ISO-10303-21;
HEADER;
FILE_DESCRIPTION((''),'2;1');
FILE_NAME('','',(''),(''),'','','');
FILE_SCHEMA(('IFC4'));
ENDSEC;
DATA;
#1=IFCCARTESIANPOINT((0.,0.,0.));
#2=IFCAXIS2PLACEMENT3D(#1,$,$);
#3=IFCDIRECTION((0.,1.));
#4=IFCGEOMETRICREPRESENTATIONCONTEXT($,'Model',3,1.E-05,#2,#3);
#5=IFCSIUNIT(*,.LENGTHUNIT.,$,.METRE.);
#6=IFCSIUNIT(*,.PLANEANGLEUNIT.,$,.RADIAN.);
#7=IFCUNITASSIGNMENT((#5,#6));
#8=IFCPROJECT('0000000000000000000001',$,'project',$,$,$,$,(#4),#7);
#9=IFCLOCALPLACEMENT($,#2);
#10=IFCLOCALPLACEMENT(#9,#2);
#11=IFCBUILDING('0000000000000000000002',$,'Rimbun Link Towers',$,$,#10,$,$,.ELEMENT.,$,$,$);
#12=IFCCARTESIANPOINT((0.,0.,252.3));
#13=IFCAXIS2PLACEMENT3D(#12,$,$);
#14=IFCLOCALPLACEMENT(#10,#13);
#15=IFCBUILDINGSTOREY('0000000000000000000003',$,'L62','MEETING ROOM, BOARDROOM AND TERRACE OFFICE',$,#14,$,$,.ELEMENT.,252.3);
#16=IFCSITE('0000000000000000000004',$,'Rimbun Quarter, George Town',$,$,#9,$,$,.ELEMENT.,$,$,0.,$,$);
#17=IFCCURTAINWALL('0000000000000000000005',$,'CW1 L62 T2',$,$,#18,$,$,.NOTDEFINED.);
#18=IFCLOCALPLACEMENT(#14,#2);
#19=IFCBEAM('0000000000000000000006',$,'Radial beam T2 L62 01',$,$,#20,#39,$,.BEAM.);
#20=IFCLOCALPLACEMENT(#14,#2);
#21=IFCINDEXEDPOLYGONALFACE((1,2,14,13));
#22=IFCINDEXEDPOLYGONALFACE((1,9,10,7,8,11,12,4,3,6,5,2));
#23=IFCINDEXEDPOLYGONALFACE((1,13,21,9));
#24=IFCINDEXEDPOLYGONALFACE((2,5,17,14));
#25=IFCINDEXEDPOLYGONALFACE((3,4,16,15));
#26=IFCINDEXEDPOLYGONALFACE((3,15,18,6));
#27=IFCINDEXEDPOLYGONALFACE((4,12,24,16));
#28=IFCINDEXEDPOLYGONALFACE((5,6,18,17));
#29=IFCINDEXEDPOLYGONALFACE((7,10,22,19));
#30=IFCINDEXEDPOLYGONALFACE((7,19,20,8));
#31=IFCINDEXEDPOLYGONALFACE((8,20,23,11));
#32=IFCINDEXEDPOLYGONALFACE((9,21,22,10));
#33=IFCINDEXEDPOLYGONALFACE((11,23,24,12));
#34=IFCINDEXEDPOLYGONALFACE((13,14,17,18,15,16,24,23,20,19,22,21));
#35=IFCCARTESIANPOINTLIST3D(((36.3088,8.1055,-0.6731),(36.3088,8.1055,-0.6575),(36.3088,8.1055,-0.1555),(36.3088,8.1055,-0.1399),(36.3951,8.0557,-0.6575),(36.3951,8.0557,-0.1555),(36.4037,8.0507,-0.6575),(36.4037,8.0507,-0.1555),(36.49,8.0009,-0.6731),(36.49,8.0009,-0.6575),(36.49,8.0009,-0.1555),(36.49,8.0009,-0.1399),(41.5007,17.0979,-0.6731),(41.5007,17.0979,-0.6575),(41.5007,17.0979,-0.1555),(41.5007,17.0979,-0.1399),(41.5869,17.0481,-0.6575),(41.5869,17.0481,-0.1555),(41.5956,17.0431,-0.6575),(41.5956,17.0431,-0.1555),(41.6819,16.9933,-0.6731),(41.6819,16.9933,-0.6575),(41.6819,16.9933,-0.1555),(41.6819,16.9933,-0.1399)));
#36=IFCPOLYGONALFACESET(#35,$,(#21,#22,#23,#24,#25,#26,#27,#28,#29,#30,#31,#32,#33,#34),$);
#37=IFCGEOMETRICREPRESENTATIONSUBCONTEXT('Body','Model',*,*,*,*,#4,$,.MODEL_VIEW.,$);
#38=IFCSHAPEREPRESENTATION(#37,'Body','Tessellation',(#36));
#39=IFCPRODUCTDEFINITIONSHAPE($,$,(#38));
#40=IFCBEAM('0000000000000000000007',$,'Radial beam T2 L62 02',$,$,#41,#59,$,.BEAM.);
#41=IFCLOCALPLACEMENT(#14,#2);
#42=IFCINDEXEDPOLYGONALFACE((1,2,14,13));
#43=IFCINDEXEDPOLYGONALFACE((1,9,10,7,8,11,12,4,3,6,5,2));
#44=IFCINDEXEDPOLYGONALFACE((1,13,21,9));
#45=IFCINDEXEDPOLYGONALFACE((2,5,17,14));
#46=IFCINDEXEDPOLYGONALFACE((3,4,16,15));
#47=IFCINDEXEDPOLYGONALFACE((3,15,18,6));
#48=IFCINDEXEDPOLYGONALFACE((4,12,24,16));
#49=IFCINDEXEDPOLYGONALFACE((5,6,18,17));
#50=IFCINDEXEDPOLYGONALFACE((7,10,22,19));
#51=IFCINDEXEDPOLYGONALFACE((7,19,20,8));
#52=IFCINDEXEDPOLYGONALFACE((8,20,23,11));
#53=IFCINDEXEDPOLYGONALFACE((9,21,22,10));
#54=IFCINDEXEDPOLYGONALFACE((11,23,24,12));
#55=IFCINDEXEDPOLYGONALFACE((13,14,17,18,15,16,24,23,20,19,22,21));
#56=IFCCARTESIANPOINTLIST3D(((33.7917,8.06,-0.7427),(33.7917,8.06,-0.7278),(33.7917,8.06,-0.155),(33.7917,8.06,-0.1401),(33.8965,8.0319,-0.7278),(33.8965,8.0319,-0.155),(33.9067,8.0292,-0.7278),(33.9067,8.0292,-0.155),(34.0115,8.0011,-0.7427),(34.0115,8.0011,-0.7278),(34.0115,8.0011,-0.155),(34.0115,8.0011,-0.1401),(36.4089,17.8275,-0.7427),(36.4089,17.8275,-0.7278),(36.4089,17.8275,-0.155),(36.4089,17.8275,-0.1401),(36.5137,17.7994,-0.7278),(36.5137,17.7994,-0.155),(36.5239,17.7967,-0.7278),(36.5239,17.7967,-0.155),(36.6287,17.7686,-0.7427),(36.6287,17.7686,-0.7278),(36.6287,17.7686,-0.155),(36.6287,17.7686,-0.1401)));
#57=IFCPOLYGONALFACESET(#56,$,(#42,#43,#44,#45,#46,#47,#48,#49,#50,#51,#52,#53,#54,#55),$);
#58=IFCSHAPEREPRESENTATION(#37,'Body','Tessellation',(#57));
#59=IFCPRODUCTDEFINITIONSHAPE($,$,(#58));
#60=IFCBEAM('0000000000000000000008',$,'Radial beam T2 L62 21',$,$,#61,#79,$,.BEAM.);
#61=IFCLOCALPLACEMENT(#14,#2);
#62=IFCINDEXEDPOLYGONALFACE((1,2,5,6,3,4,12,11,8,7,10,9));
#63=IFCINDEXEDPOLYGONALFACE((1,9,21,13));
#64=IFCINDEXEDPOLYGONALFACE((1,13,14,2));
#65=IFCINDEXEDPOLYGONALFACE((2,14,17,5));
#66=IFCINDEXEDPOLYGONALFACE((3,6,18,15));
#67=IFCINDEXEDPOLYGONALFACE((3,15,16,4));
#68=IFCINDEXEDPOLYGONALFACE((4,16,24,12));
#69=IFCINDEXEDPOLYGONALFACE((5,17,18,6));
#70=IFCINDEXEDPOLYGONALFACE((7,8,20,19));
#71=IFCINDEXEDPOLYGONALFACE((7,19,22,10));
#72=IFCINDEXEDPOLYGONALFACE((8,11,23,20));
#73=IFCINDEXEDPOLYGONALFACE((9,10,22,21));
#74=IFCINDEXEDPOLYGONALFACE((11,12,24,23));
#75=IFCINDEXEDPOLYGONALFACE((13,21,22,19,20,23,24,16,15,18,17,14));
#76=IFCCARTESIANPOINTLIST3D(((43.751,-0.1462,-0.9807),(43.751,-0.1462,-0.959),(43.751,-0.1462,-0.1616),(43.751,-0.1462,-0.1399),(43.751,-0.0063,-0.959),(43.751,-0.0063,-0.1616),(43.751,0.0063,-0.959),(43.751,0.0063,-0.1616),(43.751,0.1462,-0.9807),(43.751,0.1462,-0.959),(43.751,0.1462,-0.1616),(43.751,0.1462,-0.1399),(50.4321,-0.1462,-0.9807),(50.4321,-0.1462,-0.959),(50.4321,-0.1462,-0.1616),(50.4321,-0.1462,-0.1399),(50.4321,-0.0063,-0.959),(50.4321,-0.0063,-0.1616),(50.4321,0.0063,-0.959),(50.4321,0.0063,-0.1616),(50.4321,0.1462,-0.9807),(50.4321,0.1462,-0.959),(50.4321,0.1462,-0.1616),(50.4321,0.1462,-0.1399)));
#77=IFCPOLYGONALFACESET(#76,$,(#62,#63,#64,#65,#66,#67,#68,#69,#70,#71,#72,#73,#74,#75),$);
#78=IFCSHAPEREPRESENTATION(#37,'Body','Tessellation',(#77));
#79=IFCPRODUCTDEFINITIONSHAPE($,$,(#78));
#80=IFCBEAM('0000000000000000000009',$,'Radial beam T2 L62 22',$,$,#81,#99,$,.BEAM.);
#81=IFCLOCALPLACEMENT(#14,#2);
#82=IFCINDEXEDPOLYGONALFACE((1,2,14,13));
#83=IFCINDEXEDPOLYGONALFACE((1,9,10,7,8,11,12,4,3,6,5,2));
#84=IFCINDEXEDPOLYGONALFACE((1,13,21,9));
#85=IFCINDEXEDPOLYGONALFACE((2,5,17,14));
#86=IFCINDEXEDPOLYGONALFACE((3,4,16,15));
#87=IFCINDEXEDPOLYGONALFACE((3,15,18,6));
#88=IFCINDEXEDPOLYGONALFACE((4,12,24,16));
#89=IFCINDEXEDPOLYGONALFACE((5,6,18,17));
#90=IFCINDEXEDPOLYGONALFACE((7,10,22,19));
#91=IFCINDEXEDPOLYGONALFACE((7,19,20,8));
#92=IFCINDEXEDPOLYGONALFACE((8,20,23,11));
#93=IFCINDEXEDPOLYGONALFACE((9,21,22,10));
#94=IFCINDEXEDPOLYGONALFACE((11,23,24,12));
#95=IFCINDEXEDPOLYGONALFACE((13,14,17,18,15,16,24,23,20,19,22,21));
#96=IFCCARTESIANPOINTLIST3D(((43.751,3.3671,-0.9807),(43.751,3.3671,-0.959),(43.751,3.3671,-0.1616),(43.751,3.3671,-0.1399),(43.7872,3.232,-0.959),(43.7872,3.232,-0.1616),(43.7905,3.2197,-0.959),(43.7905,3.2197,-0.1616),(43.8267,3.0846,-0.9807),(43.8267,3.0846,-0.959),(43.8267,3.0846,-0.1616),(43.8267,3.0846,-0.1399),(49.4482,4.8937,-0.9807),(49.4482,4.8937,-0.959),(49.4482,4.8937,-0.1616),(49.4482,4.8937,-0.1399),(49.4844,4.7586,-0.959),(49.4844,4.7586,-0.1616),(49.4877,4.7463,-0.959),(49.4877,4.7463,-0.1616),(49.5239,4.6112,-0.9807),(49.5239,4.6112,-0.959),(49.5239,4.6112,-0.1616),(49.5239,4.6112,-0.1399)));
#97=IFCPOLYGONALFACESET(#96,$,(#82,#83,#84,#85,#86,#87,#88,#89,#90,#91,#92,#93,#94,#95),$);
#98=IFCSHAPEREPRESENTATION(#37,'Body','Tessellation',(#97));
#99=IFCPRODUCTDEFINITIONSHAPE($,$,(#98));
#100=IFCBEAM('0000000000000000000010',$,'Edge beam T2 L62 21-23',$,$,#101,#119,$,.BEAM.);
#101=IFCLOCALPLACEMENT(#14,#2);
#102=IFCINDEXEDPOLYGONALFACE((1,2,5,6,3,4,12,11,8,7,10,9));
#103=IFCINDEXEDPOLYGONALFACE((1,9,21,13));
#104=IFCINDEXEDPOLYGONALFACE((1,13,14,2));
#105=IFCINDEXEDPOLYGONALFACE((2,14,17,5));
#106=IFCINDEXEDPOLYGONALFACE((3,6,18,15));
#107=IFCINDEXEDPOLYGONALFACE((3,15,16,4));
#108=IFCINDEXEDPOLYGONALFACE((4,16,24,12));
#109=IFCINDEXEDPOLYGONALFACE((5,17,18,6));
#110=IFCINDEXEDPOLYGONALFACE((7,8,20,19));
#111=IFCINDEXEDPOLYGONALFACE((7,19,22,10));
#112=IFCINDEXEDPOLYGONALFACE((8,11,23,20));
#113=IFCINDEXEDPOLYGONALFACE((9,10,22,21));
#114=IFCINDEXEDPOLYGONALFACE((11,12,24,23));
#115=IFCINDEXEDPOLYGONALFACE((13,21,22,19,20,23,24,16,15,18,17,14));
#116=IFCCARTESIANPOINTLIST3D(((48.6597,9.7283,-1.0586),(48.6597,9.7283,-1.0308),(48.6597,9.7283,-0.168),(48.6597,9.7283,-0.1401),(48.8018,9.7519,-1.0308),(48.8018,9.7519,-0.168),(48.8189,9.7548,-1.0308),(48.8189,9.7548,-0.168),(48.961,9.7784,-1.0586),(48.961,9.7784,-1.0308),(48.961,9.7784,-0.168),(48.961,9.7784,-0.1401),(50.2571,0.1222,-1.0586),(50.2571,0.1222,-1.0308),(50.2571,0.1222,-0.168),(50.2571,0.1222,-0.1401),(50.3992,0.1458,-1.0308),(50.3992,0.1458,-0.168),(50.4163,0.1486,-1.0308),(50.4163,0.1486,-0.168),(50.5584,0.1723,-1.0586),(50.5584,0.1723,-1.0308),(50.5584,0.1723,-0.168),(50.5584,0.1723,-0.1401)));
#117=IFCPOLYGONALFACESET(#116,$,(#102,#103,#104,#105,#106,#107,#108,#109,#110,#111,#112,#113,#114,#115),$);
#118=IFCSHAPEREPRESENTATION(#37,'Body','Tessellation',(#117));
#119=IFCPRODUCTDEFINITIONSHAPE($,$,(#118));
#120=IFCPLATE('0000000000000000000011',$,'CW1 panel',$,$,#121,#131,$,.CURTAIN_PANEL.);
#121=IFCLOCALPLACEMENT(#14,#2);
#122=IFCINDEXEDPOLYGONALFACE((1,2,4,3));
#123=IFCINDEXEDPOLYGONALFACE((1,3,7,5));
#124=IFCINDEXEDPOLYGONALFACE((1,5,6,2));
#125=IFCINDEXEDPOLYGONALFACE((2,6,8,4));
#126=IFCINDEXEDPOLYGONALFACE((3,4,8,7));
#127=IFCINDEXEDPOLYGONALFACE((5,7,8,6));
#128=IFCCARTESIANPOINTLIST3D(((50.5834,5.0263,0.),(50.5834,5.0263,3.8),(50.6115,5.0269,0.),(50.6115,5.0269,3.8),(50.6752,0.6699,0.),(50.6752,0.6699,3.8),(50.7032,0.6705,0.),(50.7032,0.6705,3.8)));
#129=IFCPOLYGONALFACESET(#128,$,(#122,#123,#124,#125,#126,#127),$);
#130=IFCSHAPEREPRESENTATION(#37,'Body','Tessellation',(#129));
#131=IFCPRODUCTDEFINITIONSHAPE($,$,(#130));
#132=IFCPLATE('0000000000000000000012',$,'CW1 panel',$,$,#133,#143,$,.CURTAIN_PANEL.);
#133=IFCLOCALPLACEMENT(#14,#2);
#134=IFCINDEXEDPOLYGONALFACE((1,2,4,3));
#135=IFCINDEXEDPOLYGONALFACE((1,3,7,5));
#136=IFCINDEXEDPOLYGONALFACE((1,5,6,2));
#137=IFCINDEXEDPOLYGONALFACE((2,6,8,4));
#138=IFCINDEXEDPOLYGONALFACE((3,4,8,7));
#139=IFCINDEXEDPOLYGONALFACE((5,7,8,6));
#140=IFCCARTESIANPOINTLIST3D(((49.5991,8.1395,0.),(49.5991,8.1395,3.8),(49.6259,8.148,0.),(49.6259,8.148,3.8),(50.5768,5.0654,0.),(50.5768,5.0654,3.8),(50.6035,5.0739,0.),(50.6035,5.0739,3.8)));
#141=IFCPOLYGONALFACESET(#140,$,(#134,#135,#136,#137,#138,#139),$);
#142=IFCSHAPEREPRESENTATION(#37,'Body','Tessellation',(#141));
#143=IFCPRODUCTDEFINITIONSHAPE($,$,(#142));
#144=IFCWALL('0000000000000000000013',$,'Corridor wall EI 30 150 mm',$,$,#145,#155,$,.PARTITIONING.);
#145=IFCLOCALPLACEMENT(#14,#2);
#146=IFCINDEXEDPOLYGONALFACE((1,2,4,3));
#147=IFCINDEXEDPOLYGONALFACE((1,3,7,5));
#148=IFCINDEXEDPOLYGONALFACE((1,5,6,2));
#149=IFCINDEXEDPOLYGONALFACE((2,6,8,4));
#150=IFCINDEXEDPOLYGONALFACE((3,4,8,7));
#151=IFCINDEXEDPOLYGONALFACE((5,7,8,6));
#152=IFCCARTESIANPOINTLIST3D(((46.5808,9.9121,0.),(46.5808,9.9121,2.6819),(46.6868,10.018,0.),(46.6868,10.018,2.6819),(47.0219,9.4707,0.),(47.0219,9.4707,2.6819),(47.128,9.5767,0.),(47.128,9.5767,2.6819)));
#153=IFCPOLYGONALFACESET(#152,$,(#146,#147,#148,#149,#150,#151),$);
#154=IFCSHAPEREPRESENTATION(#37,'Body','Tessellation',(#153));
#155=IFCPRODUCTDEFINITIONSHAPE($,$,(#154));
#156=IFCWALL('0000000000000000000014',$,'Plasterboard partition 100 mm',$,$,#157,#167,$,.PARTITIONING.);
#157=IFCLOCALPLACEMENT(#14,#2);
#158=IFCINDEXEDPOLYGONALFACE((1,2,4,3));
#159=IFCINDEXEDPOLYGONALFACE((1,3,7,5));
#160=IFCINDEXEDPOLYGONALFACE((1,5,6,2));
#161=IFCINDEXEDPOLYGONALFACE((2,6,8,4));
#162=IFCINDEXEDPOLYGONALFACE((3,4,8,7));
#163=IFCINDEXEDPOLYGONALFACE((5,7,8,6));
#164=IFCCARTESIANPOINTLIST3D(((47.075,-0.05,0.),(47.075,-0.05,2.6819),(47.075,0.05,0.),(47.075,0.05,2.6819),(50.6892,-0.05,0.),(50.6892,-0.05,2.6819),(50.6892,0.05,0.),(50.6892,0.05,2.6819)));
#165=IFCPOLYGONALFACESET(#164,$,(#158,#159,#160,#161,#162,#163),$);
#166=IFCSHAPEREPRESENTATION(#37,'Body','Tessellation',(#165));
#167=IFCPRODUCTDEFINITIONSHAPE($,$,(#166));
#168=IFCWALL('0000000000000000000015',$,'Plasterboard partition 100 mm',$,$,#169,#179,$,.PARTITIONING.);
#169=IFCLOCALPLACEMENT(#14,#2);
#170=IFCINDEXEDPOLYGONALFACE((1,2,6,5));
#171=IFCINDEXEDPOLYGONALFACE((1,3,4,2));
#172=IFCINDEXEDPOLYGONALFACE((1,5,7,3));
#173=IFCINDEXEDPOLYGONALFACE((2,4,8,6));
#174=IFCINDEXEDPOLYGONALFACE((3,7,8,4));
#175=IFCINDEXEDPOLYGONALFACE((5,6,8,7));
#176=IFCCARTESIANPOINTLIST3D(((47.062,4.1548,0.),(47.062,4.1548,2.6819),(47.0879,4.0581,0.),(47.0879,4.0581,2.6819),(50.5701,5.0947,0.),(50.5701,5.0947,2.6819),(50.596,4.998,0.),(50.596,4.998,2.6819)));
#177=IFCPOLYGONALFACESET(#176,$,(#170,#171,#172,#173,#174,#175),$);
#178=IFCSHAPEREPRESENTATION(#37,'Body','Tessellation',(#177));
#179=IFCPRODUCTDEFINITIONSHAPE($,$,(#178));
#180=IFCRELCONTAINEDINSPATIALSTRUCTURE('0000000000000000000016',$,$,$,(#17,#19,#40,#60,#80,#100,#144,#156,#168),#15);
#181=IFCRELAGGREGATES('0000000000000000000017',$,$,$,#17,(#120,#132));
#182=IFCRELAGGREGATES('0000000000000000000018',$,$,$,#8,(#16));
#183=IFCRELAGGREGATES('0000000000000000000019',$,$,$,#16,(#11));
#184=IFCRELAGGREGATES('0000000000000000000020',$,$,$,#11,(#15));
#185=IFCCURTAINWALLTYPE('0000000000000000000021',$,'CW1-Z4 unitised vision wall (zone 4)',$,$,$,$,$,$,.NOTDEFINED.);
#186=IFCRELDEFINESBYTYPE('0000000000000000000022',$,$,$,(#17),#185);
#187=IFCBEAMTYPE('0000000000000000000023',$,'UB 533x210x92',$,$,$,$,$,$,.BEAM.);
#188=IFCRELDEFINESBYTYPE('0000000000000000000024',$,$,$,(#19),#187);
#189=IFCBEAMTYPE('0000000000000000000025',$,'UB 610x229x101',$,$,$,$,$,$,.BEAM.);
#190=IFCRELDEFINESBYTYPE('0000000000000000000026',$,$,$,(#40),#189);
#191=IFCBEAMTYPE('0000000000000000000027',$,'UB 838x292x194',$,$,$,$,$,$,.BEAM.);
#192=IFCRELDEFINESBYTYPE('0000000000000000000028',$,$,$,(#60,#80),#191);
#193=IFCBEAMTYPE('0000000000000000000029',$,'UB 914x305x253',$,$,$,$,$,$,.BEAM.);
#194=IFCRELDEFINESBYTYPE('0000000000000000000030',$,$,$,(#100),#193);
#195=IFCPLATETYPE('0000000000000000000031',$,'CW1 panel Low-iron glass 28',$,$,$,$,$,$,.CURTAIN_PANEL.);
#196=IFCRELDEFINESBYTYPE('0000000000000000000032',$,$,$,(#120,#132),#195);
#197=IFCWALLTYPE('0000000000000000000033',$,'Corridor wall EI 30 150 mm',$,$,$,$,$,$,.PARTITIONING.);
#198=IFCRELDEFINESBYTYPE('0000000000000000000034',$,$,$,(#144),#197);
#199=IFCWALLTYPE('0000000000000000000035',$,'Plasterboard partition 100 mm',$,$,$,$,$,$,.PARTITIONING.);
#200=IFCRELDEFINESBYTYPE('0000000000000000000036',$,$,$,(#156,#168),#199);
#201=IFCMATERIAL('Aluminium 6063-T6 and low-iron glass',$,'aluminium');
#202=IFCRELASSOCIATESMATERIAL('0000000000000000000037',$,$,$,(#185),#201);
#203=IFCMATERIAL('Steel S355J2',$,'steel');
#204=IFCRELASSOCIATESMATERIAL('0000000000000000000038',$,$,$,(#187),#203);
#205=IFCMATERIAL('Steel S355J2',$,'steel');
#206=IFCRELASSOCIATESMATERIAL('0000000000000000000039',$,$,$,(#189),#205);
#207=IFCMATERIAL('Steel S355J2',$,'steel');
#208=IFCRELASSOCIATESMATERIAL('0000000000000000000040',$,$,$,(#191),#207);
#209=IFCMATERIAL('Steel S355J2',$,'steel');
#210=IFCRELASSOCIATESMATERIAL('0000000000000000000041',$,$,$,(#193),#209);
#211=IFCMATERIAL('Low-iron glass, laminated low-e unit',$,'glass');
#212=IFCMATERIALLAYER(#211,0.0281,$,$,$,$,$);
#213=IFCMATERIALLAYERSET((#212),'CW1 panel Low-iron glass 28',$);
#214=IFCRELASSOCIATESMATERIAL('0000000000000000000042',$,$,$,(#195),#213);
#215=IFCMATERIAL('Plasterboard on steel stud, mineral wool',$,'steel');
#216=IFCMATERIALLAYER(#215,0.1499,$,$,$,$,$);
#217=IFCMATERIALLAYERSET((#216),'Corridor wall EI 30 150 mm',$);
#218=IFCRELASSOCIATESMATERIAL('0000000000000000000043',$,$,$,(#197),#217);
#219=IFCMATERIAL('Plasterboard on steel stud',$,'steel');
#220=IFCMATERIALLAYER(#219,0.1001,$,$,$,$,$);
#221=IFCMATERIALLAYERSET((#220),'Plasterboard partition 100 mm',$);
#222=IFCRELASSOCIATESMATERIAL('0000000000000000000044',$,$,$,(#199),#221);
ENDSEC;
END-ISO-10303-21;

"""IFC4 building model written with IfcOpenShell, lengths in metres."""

from ifc_helpers import new_model, si_unit, direction, frame, frame_2d, origin, origin_2d, place, context, subcontext, project, spatial, rectangle, i_section, extrude, material, layer, layer_set, material_profile, profile_set, type_object, element, aggregate, save


model = new_model("IFC4")

# Units and contexts
model_context = context("Model", 3, precision=1e-05, world=origin(), true_north=direction((0.0, 1.0)))
body_context = subcontext(model_context, "Body", "Model", "MODEL_VIEW")
ifc_project = project(units=[si_unit("LENGTHUNIT", "METRE"), si_unit("PLANEANGLEUNIT", "RADIAN")], contexts=[model_context])

# Site, building, storey
site_placement = place(None, origin())
site = spatial("IfcSite", under=ifc_project, at=site_placement, Name="Rimbun Quarter, George Town", CompositionType="ELEMENT", RefElevation=0.0)
building_placement = place(site_placement, origin())
building = spatial("IfcBuilding", under=site, at=building_placement, Name="Rimbun Link Towers", CompositionType="ELEMENT")
storey_placement = place(building_placement, frame((0.0, 0.0, 252.3)))
storey = spatial("IfcBuildingStorey", under=building, at=storey_placement, Name="L62", Description="MEETING ROOM, BOARDROOM AND TERRACE OFFICE", CompositionType="ELEMENT", Elevation=252.3)

# Curtain wall
ifc_material_1 = material(Name="Aluminium 6063-T6 and low-iron glass", Category="aluminium")
curtain_wall_type = type_object("IfcCurtainWallType", Name="CW1-Z4 unitised vision wall (zone 4)", PredefinedType="NOTDEFINED", material=ifc_material_1)
curtain_wall_placement = place(storey_placement, origin())
curtain_wall = element("IfcCurtainWall", 1, at=curtain_wall_placement, inside=storey, type_object=curtain_wall_type, Name="CW1 L62 T2", PredefinedType="NOTDEFINED")

# Beams
ifc_material_2 = material(Name="Steel S355J2", Category="steel")
ifc_material_profile_1 = material_profile(ifc_material_2, i_section(OverallWidth=0.2092, OverallDepth=0.5332, WebThickness=0.01, FlangeThickness=0.0156, at=origin_2d()), Name="UB 533x210x92")
ifc_profile_set_1 = profile_set([ifc_material_profile_1], Name="Steel S355J2")
beam_type_1 = type_object("IfcBeamType", Name="UB 533x210x92", PredefinedType="BEAM", material=ifc_profile_set_1)
beam_1_placement = place(storey_placement, frame((36.3994, 8.0532, -0.4065), z_axis=(0.500008, 0.866021, 0.0), x_axis=(-0.866021, 0.500008, 0.0)))
element("IfcBeam", 2, at=beam_1_placement, inside=storey, type_object=beam_type_1, Name="Radial beam T2 L62 01", PredefinedType="BEAM", context=body_context, shape_type="SweptSolid", body=[
    extrude(i_section(OverallWidth=0.2092, OverallDepth=0.5332, WebThickness=0.01, FlangeThickness=0.0156, at=origin_2d()), origin(), (0.0, 0.0, 1.0), 10.3835),
])
ifc_material_3 = material(Name="Steel S355J2", Category="steel")
ifc_material_profile_2 = material_profile(ifc_material_3, i_section(OverallWidth=0.2275, OverallDepth=0.6025, WebThickness=0.0105, FlangeThickness=0.0149, at=origin_2d()), Name="UB 610x229x101")
ifc_profile_set_2 = profile_set([ifc_material_profile_2], Name="Steel S355J2")
beam_type_2 = type_object("IfcBeamType", Name="UB 610x229x101", PredefinedType="BEAM", material=ifc_profile_set_2)
beam_2_placement = place(storey_placement, frame((33.9016, 8.0305, -0.4414), z_axis=(0.258817, 0.965926, 0.0), x_axis=(-0.965926, 0.258817, 0.0)))
element("IfcBeam", 3, at=beam_2_placement, inside=storey, type_object=beam_type_2, Name="Radial beam T2 L62 02", PredefinedType="BEAM", context=body_context, shape_type="SweptSolid", body=[
    extrude(i_section(OverallWidth=0.2275, OverallDepth=0.6025, WebThickness=0.0105, FlangeThickness=0.0149, at=origin_2d()), origin(), (0.0, 0.0, 1.0), 10.1121),
])
ifc_material_4 = material(Name="Steel S355J2", Category="steel")
ifc_material_profile_3 = material_profile(ifc_material_4, i_section(OverallWidth=0.2925, OverallDepth=0.8408, WebThickness=0.0127, FlangeThickness=0.0217, at=origin_2d()), Name="UB 838x292x194")
ifc_profile_set_3 = profile_set([ifc_material_profile_3], Name="Steel S355J2")
beam_type_3 = type_object("IfcBeamType", Name="UB 838x292x194", PredefinedType="BEAM", material=ifc_profile_set_3)
beam_3_placement = place(storey_placement, frame((43.751, 0.0, -0.5603), z_axis=(1.0, 0.0, 0.0), x_axis=(0.0, 1.0, 0.0)))
element("IfcBeam", 4, at=beam_3_placement, inside=storey, type_object=beam_type_3, Name="Radial beam T2 L62 21", PredefinedType="BEAM", context=body_context, shape_type="SweptSolid", body=[
    extrude(i_section(OverallWidth=0.2925, OverallDepth=0.8408, WebThickness=0.0127, FlangeThickness=0.0217, at=origin_2d()), origin(), (0.0, 0.0, 1.0), 6.6812),
])
beam_4_placement = place(storey_placement, frame((43.7888, 3.2258, -0.5603), z_axis=(0.965924, 0.258824, 0.0), x_axis=(-0.258824, 0.965924, 0.0)))
element("IfcBeam", 5, at=beam_4_placement, inside=storey, type_object=beam_type_3, Name="Radial beam T2 L62 22", PredefinedType="BEAM", context=body_context, shape_type="SweptSolid", body=[
    extrude(i_section(OverallWidth=0.2925, OverallDepth=0.8408, WebThickness=0.0127, FlangeThickness=0.0217, at=origin_2d()), origin(), (0.0, 0.0, 1.0), 5.8982),
])
ifc_material_5 = material(Name="Steel S355J2", Category="steel")
ifc_material_profile_4 = material_profile(ifc_material_5, i_section(OverallWidth=0.3054, OverallDepth=0.9185, WebThickness=0.0173, FlangeThickness=0.0278, at=origin_2d()), Name="UB 914x305x253")
ifc_profile_set_4 = profile_set([ifc_material_profile_4], Name="Steel S355J2")
beam_type_4 = type_object("IfcBeamType", Name="UB 914x305x253", PredefinedType="BEAM", material=ifc_profile_set_4)
beam_5_placement = place(storey_placement, frame((50.4077, 0.1472, -0.5994), z_axis=(-0.164037, 0.986454, 0.0), x_axis=(-0.986454, -0.164037, 0.0)))
element("IfcBeam", 6, at=beam_5_placement, inside=storey, type_object=beam_type_4, Name="Edge beam T2 L62 21-23", PredefinedType="BEAM", context=body_context, shape_type="SweptSolid", body=[
    extrude(i_section(OverallWidth=0.3054, OverallDepth=0.9185, WebThickness=0.0173, FlangeThickness=0.0278, at=origin_2d()), origin(), (0.0, 0.0, 1.0), 9.738),
])

# Plates
ifc_material_6 = material(Name="Low-iron glass, laminated low-e unit", Category="glass")
ifc_layer_1 = layer(ifc_material_6, 0.0281)
ifc_layer_set_1 = layer_set([ifc_layer_1], Name="CW1 panel Low-iron glass 28")
plate_type = type_object("IfcPlateType", Name="CW1 panel Low-iron glass 28", PredefinedType="CURTAIN_PANEL", material=ifc_layer_set_1)
plate_1_placement = place(storey_placement, frame((50.6433, 2.8484, 0.0), z_axis=(0.0, 0.0, 1.0), x_axis=(0.02106, -0.999778, 0.0)))
plate_1 = element("IfcPlate", 7, at=plate_1_placement, type_object=plate_type, Name="CW1 panel", PredefinedType="CURTAIN_PANEL", context=body_context, shape_type="SweptSolid", body=[
    extrude(rectangle(XDim=4.3574, YDim=0.0281, at=origin_2d()), origin(), (0.0, 0.0, 1.0), 3.8),
])
plate_2_placement = place(storey_placement, frame((50.1013, 6.6067, 0.0), z_axis=(0.0, 0.0, 1.0), x_axis=(0.303061, -0.952971, 0.0)))
plate_2 = element("IfcPlate", 8, at=plate_2_placement, type_object=plate_type, Name="CW1 panel", PredefinedType="CURTAIN_PANEL", context=body_context, shape_type="SweptSolid", body=[
    extrude(rectangle(XDim=3.2258, YDim=0.0281, at=origin_2d()), origin(), (0.0, 0.0, 1.0), 3.8),
])
aggregate(curtain_wall, [plate_1, plate_2])

# Walls
ifc_material_7 = material(Name="Plasterboard on steel stud, mineral wool", Category="steel")
ifc_layer_2 = layer(ifc_material_7, 0.1499)
ifc_layer_set_2 = layer_set([ifc_layer_2], Name="Corridor wall EI 30 150 mm")
wall_type_1 = type_object("IfcWallType", Name="Corridor wall EI 30 150 mm", PredefinedType="PARTITIONING", material=ifc_layer_set_2)
wall_1_placement = place(storey_placement, frame((47.075, 9.5237, 0.0), z_axis=(0.0, 0.0, 1.0), x_axis=(-0.706911, 0.707302, 0.0)))
element("IfcWall", 9, at=wall_1_placement, inside=storey, type_object=wall_type_1, Name="Corridor wall EI 30 150 mm", PredefinedType="PARTITIONING", context=body_context, shape_type="SweptSolid", body=[
    extrude(rectangle(XDim=0.624, YDim=0.1499, at=frame_2d((0.312, 0.0))), origin(), (0.0, 0.0, 1.0), 2.6819),
])
ifc_material_8 = material(Name="Plasterboard on steel stud", Category="steel")
ifc_layer_3 = layer(ifc_material_8, 0.1001)
ifc_layer_set_3 = layer_set([ifc_layer_3], Name="Plasterboard partition 100 mm")
wall_type_2 = type_object("IfcWallType", Name="Plasterboard partition 100 mm", PredefinedType="PARTITIONING", material=ifc_layer_set_3)
wall_2_placement = place(storey_placement, frame((50.6892, 0.0, 0.0), z_axis=(0.0, 0.0, 1.0), x_axis=(-1.0, 0.0, 0.0)))
element("IfcWall", 10, at=wall_2_placement, inside=storey, type_object=wall_type_2, Name="Plasterboard partition 100 mm", PredefinedType="PARTITIONING", context=body_context, shape_type="SweptSolid", body=[
    extrude(rectangle(XDim=3.6143, YDim=0.1001, at=frame_2d((1.8071, 0.0))), origin(), (0.0, 0.0, 1.0), 2.6819),
])
wall_3_placement = place(storey_placement, frame((50.583, 5.0464, 0.0), z_axis=(0.0, 0.0, 1.0), x_axis=(-0.965929, -0.258809, 0.0)))
element("IfcWall", 11, at=wall_3_placement, inside=storey, type_object=wall_type_2, Name="Plasterboard partition 100 mm", PredefinedType="PARTITIONING", context=body_context, shape_type="SweptSolid", body=[
    extrude(rectangle(XDim=3.6318, YDim=0.1001, at=frame_2d((1.8159, 0.0))), origin(), (0.0, 0.0, 1.0), 2.6819),
])

save(model, "model.ifc")
